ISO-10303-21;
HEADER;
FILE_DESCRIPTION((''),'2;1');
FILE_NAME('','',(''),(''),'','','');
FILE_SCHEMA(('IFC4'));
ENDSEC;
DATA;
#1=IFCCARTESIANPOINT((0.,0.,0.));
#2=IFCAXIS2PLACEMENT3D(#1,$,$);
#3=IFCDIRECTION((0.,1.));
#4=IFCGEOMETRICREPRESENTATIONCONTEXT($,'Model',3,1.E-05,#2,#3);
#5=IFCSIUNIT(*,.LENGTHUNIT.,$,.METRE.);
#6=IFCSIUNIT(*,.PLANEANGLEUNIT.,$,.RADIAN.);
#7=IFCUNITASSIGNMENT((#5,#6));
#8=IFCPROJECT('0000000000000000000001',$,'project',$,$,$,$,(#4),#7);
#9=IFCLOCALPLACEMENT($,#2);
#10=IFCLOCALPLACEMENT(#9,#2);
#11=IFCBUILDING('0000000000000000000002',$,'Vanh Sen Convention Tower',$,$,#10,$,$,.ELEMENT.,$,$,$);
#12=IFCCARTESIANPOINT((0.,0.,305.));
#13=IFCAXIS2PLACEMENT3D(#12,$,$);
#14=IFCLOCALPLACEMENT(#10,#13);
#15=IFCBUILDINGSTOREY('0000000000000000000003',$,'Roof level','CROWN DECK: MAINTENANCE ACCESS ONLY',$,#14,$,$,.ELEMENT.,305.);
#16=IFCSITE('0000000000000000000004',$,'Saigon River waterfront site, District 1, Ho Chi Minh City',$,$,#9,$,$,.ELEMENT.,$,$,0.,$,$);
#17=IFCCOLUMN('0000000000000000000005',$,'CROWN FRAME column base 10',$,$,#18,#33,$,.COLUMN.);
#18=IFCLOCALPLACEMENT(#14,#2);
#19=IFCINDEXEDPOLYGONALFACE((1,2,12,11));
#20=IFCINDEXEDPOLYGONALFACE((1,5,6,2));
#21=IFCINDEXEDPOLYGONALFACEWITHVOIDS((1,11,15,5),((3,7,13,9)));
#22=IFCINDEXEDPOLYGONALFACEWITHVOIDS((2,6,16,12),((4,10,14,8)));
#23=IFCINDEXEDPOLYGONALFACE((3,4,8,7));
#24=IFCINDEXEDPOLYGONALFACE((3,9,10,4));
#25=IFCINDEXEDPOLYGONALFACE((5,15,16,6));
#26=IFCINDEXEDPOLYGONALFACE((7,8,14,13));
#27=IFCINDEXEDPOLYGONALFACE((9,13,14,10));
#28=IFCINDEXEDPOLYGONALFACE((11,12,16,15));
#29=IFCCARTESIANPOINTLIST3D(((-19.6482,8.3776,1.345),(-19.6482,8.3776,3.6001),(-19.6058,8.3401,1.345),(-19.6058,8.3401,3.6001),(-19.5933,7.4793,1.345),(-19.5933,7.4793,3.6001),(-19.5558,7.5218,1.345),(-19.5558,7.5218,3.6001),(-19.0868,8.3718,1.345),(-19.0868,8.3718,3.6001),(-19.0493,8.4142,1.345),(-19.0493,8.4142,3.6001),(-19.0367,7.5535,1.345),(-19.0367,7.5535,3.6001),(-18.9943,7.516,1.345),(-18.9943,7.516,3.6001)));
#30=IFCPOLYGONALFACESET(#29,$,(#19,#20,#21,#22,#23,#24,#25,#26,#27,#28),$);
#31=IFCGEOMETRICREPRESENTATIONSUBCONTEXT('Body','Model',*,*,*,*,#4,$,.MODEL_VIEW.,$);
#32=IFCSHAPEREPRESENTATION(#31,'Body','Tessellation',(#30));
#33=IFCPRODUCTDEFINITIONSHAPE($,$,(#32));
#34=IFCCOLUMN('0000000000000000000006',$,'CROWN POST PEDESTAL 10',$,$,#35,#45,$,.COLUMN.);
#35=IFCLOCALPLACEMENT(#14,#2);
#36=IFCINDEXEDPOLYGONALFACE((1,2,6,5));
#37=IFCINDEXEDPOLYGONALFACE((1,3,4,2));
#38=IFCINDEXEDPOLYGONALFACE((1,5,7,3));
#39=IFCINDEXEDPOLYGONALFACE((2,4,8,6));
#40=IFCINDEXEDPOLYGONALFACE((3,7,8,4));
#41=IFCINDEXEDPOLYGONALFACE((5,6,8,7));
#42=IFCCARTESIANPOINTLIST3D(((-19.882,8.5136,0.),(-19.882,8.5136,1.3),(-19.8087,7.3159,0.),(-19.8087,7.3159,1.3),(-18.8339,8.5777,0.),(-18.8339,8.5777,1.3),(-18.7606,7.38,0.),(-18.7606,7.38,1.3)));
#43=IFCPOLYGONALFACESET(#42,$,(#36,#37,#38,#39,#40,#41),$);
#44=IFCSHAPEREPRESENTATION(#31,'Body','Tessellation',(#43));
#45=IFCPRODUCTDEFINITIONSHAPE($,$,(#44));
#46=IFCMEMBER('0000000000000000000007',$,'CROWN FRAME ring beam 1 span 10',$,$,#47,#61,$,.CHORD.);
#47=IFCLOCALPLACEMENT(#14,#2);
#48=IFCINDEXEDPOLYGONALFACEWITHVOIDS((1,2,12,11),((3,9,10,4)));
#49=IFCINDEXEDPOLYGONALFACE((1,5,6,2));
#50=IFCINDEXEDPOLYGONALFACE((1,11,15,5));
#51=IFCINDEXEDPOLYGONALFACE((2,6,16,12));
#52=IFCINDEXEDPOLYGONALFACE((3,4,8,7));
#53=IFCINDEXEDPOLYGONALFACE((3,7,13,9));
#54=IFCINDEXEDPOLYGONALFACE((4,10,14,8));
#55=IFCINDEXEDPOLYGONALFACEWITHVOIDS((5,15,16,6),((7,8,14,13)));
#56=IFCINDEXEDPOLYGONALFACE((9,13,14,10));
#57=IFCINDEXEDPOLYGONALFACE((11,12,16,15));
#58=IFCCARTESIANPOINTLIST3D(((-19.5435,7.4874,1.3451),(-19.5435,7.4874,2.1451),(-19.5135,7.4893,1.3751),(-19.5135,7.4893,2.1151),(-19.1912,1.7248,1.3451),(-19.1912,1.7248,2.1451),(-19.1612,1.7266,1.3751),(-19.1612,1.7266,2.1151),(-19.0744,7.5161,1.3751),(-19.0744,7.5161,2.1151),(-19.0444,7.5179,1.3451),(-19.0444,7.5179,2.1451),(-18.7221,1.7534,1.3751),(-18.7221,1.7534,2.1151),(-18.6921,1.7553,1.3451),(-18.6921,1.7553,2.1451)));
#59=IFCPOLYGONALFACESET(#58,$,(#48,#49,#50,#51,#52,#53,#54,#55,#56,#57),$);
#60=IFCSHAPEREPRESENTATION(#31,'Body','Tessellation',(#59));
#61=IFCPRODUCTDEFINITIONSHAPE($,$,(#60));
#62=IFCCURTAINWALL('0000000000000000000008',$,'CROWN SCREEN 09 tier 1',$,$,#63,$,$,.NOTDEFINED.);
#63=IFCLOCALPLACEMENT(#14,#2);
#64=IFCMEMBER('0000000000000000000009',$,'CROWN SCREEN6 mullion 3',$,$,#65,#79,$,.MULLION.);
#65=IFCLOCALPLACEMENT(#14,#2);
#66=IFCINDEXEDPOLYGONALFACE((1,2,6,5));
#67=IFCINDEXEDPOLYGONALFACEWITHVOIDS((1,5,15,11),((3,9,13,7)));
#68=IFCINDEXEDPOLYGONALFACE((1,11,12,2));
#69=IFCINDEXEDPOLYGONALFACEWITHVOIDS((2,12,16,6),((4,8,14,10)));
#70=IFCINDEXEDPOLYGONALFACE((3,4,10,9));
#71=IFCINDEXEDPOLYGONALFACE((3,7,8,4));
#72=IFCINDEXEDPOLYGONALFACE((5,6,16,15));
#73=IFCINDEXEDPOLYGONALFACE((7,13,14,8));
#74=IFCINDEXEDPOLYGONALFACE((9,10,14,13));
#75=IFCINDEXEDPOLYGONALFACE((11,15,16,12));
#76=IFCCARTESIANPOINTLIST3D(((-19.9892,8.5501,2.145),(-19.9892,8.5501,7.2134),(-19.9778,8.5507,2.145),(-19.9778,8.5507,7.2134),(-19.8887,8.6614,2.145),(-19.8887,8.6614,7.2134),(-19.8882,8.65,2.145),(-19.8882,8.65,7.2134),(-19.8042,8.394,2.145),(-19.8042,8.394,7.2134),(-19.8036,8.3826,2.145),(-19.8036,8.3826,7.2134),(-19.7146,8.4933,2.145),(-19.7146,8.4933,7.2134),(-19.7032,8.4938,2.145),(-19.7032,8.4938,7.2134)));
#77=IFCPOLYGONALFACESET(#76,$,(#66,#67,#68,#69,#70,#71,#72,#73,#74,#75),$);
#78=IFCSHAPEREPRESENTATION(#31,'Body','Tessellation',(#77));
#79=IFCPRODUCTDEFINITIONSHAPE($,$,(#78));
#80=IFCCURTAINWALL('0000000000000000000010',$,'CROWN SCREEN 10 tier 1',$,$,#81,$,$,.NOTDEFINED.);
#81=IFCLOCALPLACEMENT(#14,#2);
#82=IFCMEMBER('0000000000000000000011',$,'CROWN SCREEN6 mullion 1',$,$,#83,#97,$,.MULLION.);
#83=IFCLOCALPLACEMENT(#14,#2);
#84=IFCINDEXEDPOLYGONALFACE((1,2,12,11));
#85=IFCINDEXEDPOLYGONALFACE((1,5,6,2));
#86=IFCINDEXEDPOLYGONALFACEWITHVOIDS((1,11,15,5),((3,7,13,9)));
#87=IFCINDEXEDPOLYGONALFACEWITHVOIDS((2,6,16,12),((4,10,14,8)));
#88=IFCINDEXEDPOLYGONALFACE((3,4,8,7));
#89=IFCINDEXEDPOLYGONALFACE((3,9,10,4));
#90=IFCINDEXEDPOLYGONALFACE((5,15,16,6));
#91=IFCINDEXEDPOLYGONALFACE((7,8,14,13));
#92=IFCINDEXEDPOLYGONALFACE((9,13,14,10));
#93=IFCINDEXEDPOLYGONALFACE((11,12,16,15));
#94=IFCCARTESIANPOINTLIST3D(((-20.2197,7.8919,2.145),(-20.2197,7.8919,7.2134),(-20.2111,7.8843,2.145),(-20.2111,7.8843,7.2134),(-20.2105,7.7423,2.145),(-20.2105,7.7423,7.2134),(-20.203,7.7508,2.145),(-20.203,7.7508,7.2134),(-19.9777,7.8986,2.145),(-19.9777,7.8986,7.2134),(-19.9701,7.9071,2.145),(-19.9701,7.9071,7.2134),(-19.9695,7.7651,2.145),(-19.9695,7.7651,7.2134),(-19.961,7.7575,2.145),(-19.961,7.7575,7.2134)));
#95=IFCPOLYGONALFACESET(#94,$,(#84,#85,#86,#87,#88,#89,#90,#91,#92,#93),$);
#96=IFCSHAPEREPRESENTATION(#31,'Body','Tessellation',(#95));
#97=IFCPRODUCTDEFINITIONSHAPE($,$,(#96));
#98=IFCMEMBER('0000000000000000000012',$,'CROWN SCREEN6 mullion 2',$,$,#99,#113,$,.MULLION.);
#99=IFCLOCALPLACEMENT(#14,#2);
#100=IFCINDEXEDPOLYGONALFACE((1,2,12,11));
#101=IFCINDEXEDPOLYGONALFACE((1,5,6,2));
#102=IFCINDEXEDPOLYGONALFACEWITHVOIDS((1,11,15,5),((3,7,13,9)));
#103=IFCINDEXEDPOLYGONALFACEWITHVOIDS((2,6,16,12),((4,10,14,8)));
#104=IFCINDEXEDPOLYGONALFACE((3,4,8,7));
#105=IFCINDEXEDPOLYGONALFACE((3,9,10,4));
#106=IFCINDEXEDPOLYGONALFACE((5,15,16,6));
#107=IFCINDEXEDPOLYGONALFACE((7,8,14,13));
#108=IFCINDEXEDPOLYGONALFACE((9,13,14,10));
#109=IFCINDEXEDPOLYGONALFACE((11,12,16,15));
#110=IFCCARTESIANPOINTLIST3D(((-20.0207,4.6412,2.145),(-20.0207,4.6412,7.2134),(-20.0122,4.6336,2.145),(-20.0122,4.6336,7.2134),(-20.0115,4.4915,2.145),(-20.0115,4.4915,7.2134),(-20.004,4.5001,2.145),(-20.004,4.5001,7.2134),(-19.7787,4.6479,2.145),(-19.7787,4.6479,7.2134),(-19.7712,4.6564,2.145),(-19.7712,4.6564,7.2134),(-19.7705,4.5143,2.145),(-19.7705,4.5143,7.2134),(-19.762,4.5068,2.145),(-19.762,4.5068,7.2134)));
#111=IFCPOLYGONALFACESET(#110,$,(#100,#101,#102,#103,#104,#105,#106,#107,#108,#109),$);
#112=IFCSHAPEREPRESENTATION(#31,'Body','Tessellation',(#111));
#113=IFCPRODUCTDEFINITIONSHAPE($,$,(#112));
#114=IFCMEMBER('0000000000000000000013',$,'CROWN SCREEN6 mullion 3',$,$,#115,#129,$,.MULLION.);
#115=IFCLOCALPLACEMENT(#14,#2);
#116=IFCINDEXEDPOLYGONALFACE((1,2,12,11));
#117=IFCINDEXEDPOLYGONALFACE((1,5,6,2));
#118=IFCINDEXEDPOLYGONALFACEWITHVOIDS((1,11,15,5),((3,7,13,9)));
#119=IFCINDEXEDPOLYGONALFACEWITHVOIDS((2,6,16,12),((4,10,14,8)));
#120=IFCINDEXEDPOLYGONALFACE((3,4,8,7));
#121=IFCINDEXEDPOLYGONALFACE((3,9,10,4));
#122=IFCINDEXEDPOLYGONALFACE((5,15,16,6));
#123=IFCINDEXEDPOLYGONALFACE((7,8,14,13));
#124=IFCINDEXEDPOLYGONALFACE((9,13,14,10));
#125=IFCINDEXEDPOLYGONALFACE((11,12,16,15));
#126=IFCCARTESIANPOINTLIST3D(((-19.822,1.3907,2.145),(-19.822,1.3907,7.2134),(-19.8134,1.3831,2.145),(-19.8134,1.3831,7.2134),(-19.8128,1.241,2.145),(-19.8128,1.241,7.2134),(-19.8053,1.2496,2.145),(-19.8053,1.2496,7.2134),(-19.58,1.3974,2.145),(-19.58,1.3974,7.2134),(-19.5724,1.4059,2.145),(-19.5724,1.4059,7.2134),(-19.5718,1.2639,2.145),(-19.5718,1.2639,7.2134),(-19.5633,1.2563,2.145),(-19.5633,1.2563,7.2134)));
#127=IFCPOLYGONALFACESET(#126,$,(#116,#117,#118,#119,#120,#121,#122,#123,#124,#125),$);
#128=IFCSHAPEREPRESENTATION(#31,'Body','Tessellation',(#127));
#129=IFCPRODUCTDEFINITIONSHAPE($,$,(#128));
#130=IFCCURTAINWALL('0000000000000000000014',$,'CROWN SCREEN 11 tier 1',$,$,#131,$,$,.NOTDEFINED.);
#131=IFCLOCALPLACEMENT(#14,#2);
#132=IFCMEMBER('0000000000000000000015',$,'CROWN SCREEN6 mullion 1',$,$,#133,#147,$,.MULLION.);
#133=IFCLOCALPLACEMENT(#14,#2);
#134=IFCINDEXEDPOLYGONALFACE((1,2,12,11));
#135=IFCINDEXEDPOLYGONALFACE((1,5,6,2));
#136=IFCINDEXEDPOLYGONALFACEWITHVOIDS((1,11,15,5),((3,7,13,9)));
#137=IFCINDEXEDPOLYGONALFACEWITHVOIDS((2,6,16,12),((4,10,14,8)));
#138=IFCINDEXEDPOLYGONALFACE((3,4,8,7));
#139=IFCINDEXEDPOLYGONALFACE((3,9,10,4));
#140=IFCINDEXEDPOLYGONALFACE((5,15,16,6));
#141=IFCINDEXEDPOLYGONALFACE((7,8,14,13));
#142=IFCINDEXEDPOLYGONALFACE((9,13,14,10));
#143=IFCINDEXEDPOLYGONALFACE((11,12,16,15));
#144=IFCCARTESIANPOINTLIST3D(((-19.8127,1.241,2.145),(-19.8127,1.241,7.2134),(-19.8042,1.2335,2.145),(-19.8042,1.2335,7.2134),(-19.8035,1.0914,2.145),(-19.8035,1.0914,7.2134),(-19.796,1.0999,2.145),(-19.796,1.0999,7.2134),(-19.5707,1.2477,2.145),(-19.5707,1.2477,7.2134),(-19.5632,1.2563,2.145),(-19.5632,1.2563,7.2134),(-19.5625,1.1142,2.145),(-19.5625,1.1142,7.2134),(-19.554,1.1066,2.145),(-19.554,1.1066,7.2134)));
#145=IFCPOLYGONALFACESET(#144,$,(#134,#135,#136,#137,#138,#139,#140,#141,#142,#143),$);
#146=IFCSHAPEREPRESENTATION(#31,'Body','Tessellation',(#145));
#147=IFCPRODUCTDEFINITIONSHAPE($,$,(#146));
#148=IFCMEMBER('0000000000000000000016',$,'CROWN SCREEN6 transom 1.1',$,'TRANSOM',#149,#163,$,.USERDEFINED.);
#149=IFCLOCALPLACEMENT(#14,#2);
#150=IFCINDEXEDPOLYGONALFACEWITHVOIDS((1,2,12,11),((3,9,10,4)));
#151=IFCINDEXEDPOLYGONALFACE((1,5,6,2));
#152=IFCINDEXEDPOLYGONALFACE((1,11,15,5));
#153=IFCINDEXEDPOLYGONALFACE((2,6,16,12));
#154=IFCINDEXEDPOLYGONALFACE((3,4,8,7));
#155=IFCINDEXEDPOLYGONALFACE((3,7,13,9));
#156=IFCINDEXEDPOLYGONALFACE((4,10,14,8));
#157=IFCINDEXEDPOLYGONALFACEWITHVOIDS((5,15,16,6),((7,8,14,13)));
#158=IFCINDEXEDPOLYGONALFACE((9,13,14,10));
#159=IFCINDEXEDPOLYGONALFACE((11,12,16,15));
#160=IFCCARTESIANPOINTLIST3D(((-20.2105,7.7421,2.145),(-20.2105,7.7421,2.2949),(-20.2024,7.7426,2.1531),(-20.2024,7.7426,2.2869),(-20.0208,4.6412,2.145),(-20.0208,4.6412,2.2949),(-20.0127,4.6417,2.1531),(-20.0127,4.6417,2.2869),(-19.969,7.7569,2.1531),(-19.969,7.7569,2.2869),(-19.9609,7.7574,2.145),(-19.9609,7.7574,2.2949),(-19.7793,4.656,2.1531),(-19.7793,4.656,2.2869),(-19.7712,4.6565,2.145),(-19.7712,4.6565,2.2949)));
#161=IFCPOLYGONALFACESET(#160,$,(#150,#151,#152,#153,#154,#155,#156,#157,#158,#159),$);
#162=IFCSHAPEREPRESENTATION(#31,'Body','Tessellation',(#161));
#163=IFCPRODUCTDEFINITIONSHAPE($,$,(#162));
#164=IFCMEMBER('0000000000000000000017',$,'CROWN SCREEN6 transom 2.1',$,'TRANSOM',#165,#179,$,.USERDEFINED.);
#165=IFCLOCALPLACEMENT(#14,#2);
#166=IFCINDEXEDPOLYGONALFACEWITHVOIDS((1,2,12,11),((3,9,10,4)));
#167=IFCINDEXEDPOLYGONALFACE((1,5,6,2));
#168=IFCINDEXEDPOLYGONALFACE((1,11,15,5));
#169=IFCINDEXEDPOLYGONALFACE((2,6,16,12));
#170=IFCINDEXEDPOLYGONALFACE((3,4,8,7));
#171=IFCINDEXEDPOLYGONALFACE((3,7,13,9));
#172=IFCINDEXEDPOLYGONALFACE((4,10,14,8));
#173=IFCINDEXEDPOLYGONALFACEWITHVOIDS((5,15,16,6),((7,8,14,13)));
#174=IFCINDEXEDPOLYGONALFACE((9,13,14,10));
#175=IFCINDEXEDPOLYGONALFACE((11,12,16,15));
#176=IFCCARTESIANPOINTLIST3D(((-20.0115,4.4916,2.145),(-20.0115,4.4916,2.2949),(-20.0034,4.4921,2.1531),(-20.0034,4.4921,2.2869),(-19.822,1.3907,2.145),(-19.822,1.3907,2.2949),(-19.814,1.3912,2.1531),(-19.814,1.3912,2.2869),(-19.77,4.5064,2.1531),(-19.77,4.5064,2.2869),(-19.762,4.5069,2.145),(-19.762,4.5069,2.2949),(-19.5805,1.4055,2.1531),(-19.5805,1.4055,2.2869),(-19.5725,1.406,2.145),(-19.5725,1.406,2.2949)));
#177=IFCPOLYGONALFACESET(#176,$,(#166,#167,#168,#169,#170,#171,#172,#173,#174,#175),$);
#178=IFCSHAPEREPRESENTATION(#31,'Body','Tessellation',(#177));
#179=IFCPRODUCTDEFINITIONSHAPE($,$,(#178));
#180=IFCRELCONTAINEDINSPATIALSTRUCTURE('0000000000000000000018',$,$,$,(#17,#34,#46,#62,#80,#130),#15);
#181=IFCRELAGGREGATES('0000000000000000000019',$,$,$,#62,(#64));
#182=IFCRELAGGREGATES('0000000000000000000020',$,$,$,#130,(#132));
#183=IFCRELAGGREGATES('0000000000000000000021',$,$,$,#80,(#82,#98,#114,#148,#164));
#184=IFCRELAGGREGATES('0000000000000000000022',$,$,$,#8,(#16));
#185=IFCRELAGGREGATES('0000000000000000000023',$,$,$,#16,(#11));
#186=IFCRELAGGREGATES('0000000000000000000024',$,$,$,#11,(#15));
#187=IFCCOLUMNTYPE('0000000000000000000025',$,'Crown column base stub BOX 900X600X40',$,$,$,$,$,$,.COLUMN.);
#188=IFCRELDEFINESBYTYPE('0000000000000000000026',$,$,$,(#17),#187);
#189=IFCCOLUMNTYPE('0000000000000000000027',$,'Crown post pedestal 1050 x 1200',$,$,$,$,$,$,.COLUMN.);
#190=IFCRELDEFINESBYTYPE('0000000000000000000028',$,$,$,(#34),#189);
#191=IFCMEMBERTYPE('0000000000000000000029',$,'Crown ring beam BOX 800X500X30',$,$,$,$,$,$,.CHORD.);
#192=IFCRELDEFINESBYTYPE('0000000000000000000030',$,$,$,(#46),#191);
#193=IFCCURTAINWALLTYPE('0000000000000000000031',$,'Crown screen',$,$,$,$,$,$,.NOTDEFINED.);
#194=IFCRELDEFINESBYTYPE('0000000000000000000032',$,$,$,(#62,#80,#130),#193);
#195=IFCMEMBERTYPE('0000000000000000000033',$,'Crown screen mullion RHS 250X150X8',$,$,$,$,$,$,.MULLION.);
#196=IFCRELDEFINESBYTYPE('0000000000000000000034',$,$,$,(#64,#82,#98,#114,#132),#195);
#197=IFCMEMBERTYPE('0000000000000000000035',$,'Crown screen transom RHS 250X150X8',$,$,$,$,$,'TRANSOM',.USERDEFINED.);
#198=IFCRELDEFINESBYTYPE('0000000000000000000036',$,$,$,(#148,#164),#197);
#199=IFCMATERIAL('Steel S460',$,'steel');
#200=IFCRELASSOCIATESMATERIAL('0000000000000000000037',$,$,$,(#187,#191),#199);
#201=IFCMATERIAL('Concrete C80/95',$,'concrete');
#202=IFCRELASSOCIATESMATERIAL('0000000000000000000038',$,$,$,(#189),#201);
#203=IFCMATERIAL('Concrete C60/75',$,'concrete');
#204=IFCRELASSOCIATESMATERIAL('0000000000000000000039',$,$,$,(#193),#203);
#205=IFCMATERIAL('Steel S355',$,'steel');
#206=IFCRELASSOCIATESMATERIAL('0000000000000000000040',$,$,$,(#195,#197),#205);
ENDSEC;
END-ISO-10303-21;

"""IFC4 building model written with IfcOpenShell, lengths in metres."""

from ifc_helpers import new_model, si_unit, direction, frame, origin, origin_2d, place, context, subcontext, project, spatial, rectangle, hollow_rectangle, extrude, material, material_profile, profile_set, type_object, element, aggregate, save


model = new_model("IFC4")

# Units and contexts
model_context = context("Model", 3, precision=1e-05, world=origin(), true_north=direction((0.0, 1.0)))
body_context = subcontext(model_context, "Body", "Model", "MODEL_VIEW")
ifc_project = project(units=[si_unit("LENGTHUNIT", "METRE"), si_unit("PLANEANGLEUNIT", "RADIAN")], contexts=[model_context])

# Site, building, storey
site_placement = place(None, origin())
site = spatial("IfcSite", under=ifc_project, at=site_placement, Name="Saigon River waterfront site, District 1, Ho Chi Minh City", CompositionType="ELEMENT", RefElevation=0.0)
building_placement = place(site_placement, origin())
building = spatial("IfcBuilding", under=site, at=building_placement, Name="Vanh Sen Convention Tower", CompositionType="ELEMENT")
storey_placement = place(building_placement, frame((0.0, 0.0, 305.0)))
storey = spatial("IfcBuildingStorey", under=building, at=storey_placement, Name="Roof level", Description="CROWN DECK: MAINTENANCE ACCESS ONLY", CompositionType="ELEMENT", Elevation=305.0)

# Columns
ifc_material_1 = material(Name="Steel S460", Category="steel")
ifc_material_profile_1 = material_profile(ifc_material_1, hollow_rectangle(XDim=0.6001, YDim=0.8999, WallThickness=0.04, at=origin_2d()), Name="BOX 900X600X40")
ifc_profile_set_1 = profile_set([ifc_material_profile_1], Name="Steel S460")
column_type_1 = type_object("IfcColumnType", Name="Crown column base stub BOX 900X600X40", PredefinedType="COLUMN", material=ifc_profile_set_1)
column_1_placement = place(storey_placement, frame((-19.3213, 7.9468, 1.345), z_axis=(0.0, 0.0, 1.0), x_axis=(0.998135, 0.061049, 0.0)))
element("IfcColumn", 1, at=column_1_placement, inside=storey, type_object=column_type_1, Name="CROWN FRAME column base 10", PredefinedType="COLUMN", context=body_context, shape_type="SweptSolid", body=[
    extrude(hollow_rectangle(XDim=0.6001, YDim=0.8999, WallThickness=0.04, at=origin_2d()), origin(), (0.0, 0.0, 1.0), 2.2551),
])
ifc_material_2 = material(Name="Concrete C80/95", Category="concrete")
ifc_material_profile_2 = material_profile(ifc_material_2, rectangle(XDim=1.05, YDim=1.2, at=origin_2d()), Name="RC 1050X1200")
ifc_profile_set_2 = profile_set([ifc_material_profile_2], Name="Concrete C80/95")
column_type_2 = type_object("IfcColumnType", Name="Crown post pedestal 1050 x 1200", PredefinedType="COLUMN", material=ifc_profile_set_2)
column_2_placement = place(storey_placement, frame((-19.3213, 7.9468, 0.0), z_axis=(0.0, 0.0, 1.0), x_axis=(0.998135, 0.061049, 0.0)))
element("IfcColumn", 2, at=column_2_placement, inside=storey, type_object=column_type_2, Name="CROWN POST PEDESTAL 10", PredefinedType="COLUMN", context=body_context, shape_type="SweptSolid", body=[
    extrude(rectangle(XDim=1.05, YDim=1.2, at=origin_2d()), origin(), (0.0, 0.0, 1.0), 1.3),
])

# Member
ifc_material_profile_3 = material_profile(ifc_material_1, hollow_rectangle(XDim=0.5, YDim=0.8, WallThickness=0.03, at=origin_2d()), Name="BOX 800X500X30")
ifc_profile_set_3 = profile_set([ifc_material_profile_3], Name="Steel S460")
member_type_1 = type_object("IfcMemberType", Name="Crown ring beam BOX 800X500X30", PredefinedType="CHORD", material=ifc_profile_set_3)
member_1_placement = place(storey_placement, frame((-19.2939, 7.5027, 1.7451), z_axis=(0.06102, -0.998137, 0.0), x_axis=(0.998137, 0.06102, 0.0)))
element("IfcMember", 3, at=member_1_placement, inside=storey, type_object=member_type_1, Name="CROWN FRAME ring beam 1 span 10", PredefinedType="CHORD", context=body_context, shape_type="SweptSolid", body=[
    extrude(hollow_rectangle(XDim=0.5, YDim=0.8, WallThickness=0.03, at=origin_2d()), origin(), (0.0, 0.0, 1.0), 5.7734),
])

# Curtain wall, member
ifc_material_3 = material(Name="Concrete C60/75", Category="concrete")
curtain_wall_type = type_object("IfcCurtainWallType", Name="Crown screen", PredefinedType="NOTDEFINED", material=ifc_material_3)
curtain_wall_1_placement = place(storey_placement, origin())
curtain_wall_1 = element("IfcCurtainWall", 4, at=curtain_wall_1_placement, inside=storey, type_object=curtain_wall_type, Name="CROWN SCREEN 09 tier 1", PredefinedType="NOTDEFINED")
ifc_material_4 = material(Name="Steel S355", Category="steel")
ifc_material_profile_4 = material_profile(ifc_material_4, hollow_rectangle(XDim=0.25, YDim=0.1499, WallThickness=0.0081, at=origin_2d()), Name="RHS 250X150X8")
ifc_profile_set_4 = profile_set([ifc_material_profile_4], Name="Steel S355")
member_type_2 = type_object("IfcMemberType", Name="Crown screen mullion RHS 250X150X8", PredefinedType="MULLION", material=ifc_profile_set_4)
member_2_placement = place(storey_placement, frame((-19.8462, 8.522, 2.145), z_axis=(0.0, 0.0, 1.0), x_axis=(0.742232, -0.670143, 0.0)))
member_2 = element("IfcMember", 5, at=member_2_placement, type_object=member_type_2, Name="CROWN SCREEN6 mullion 3", PredefinedType="MULLION", context=body_context, shape_type="SweptSolid", body=[
    extrude(hollow_rectangle(XDim=0.25, YDim=0.1499, WallThickness=0.0081, at=origin_2d()), origin(), (0.0, 0.0, 1.0), 5.0684),
])
aggregate(curtain_wall_1, [member_2])

# Curtain wall, members
curtain_wall_2_placement = place(storey_placement, origin())
curtain_wall_2 = element("IfcCurtainWall", 6, at=curtain_wall_2_placement, inside=storey, type_object=curtain_wall_type, Name="CROWN SCREEN 10 tier 1", PredefinedType="NOTDEFINED")
member_3_placement = place(storey_placement, frame((-20.0903, 7.8247, 2.145), z_axis=(0.0, 0.0, 1.0), x_axis=(0.998135, 0.061051, 0.0)))
member_3 = element("IfcMember", 7, at=member_3_placement, type_object=member_type_2, Name="CROWN SCREEN6 mullion 1", PredefinedType="MULLION", context=body_context, shape_type="SweptSolid", body=[
    extrude(hollow_rectangle(XDim=0.25, YDim=0.1499, WallThickness=0.0081, at=origin_2d()), origin(), (0.0, 0.0, 1.0), 5.0684),
])
member_4_placement = place(storey_placement, frame((-19.8914, 4.574, 2.145), z_axis=(0.0, 0.0, 1.0), x_axis=(0.998135, 0.061051, 0.0)))
member_4 = element("IfcMember", 8, at=member_4_placement, type_object=member_type_2, Name="CROWN SCREEN6 mullion 2", PredefinedType="MULLION", context=body_context, shape_type="SweptSolid", body=[
    extrude(hollow_rectangle(XDim=0.25, YDim=0.1499, WallThickness=0.0081, at=origin_2d()), origin(), (0.0, 0.0, 1.0), 5.0684),
])
member_5_placement = place(storey_placement, frame((-19.6926, 1.3235, 2.145), z_axis=(0.0, 0.0, 1.0), x_axis=(0.998135, 0.061051, 0.0)))
member_5 = element("IfcMember", 9, at=member_5_placement, type_object=member_type_2, Name="CROWN SCREEN6 mullion 3", PredefinedType="MULLION", context=body_context, shape_type="SweptSolid", body=[
    extrude(hollow_rectangle(XDim=0.25, YDim=0.1499, WallThickness=0.0081, at=origin_2d()), origin(), (0.0, 0.0, 1.0), 5.0684),
])

# Curtain wall, member
curtain_wall_3_placement = place(storey_placement, origin())
curtain_wall_3 = element("IfcCurtainWall", 10, at=curtain_wall_3_placement, inside=storey, type_object=curtain_wall_type, Name="CROWN SCREEN 11 tier 1", PredefinedType="NOTDEFINED")
member_6_placement = place(storey_placement, frame((-19.6833, 1.1738, 2.145), z_axis=(0.0, 0.0, 1.0), x_axis=(0.998135, 0.061051, 0.0)))
member_6 = element("IfcMember", 11, at=member_6_placement, type_object=member_type_2, Name="CROWN SCREEN6 mullion 1", PredefinedType="MULLION", context=body_context, shape_type="SweptSolid", body=[
    extrude(hollow_rectangle(XDim=0.25, YDim=0.1499, WallThickness=0.0081, at=origin_2d()), origin(), (0.0, 0.0, 1.0), 5.0684),
])
aggregate(curtain_wall_3, [member_6])

# Members
ifc_material_profile_5 = material_profile(ifc_material_4, hollow_rectangle(XDim=0.25, YDim=0.1499, WallThickness=0.0081, at=origin_2d()), Name="RHS 250X150X8")
ifc_profile_set_5 = profile_set([ifc_material_profile_5], Name="Steel S355")
member_type_3 = type_object("IfcMemberType", Name="Crown screen transom RHS 250X150X8", ElementType="TRANSOM", PredefinedType="USERDEFINED", material=ifc_profile_set_5)
member_7_placement = place(storey_placement, frame((-20.0857, 7.7498, 2.22), z_axis=(0.061062, -0.998134, 0.0), x_axis=(0.998134, 0.061062, 0.0)))
member_7 = element("IfcMember", 12, at=member_7_placement, type_object=member_type_3, Name="CROWN SCREEN6 transom 1.1", ObjectType="TRANSOM", PredefinedType="USERDEFINED", context=body_context, shape_type="SweptSolid", body=[
    extrude(hollow_rectangle(XDim=0.25, YDim=0.1499, WallThickness=0.0081, at=origin_2d()), origin(), (0.0, 0.0, 1.0), 3.1067),
])
member_8_placement = place(storey_placement, frame((-19.8867, 4.4993, 2.22), z_axis=(0.060984, -0.998139, 0.0), x_axis=(0.998139, 0.060984, 0.0)))
member_8 = element("IfcMember", 13, at=member_8_placement, type_object=member_type_3, Name="CROWN SCREEN6 transom 2.1", ObjectType="TRANSOM", PredefinedType="USERDEFINED", context=body_context, shape_type="SweptSolid", body=[
    extrude(hollow_rectangle(XDim=0.25, YDim=0.1499, WallThickness=0.0081, at=origin_2d()), origin(), (0.0, 0.0, 1.0), 3.1067),
])
aggregate(curtain_wall_2, [member_3, member_4, member_5, member_7, member_8])

save(model, "model.ifc")
